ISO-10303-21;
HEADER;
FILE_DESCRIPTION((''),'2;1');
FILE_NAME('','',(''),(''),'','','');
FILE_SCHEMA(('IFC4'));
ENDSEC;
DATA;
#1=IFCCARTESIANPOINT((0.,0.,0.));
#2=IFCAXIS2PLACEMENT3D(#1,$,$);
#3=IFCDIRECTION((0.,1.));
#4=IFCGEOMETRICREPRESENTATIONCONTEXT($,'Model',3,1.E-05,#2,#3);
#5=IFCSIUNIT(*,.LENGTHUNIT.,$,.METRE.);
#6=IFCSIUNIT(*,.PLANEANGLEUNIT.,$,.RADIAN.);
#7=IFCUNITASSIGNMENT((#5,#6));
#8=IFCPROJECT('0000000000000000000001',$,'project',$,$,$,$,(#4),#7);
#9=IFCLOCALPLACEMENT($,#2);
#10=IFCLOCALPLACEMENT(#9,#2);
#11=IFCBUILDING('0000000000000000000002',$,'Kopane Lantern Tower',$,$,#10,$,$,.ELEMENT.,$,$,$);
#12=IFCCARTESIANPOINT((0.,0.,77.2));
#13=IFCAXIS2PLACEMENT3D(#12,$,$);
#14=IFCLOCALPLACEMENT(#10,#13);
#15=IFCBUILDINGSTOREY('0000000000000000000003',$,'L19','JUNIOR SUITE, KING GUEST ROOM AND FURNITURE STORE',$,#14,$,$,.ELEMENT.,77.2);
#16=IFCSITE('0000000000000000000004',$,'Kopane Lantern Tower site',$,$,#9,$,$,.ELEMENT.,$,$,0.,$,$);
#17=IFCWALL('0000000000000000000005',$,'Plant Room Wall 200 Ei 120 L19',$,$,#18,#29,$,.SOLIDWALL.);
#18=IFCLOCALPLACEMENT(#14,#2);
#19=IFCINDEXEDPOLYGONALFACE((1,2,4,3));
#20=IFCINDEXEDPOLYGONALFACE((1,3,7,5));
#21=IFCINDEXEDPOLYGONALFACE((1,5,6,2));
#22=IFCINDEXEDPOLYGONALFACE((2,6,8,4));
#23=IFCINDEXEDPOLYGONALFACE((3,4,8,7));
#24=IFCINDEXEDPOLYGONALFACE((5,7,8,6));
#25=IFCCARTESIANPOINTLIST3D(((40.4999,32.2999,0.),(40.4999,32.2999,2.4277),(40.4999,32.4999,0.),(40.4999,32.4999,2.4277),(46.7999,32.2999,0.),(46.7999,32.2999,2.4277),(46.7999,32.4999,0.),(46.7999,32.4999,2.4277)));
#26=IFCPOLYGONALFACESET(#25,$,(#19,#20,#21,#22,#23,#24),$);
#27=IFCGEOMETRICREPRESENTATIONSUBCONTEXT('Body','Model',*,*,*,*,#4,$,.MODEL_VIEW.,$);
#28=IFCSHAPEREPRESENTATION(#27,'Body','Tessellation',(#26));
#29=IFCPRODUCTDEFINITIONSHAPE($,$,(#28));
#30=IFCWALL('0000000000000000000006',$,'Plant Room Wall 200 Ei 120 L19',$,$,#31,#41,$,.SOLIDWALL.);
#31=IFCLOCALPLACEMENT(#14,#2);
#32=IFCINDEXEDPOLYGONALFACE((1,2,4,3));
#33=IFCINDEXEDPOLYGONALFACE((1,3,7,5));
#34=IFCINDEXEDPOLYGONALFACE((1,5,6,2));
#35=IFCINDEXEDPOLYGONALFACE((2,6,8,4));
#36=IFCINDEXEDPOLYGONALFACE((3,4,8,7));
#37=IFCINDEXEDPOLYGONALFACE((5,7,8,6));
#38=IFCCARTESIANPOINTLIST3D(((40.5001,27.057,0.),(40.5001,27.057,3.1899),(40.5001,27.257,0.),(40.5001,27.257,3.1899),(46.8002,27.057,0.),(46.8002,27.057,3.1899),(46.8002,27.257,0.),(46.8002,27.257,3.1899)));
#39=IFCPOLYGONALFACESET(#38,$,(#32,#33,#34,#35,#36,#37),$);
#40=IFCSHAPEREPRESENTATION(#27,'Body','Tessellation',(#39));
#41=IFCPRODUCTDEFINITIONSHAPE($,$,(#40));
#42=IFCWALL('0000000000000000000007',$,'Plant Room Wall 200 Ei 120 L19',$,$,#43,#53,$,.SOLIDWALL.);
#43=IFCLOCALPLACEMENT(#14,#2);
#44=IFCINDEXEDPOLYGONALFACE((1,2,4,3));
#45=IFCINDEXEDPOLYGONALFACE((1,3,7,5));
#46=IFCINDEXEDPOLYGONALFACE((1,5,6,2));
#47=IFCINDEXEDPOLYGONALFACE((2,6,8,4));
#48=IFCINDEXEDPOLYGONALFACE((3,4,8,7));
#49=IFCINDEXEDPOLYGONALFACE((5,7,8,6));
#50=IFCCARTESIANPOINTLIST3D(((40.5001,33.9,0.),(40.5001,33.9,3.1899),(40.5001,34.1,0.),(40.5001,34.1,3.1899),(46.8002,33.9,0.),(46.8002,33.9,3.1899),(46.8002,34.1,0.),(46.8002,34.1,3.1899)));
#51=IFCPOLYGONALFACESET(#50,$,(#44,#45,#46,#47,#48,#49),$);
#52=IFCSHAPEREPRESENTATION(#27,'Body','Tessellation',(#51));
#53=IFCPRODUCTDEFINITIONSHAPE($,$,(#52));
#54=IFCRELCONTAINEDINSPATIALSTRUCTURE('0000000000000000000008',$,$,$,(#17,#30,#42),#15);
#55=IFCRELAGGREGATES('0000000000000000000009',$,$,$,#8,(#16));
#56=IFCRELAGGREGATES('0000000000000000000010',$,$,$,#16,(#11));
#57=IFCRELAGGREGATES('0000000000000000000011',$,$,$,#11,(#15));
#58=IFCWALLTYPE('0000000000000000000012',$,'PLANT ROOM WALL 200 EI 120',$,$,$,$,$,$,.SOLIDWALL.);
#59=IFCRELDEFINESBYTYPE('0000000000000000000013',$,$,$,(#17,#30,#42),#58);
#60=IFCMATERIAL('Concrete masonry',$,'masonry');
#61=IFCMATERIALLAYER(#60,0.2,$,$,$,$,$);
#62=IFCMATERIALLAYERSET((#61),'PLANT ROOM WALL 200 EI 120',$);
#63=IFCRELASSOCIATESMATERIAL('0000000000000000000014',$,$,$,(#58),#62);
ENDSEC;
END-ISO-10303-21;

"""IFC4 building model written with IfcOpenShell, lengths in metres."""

from ifc_helpers import new_model, si_unit, direction, frame, frame_2d, origin, place, context, subcontext, project, spatial, rectangle, extrude, material, layer, layer_set, type_object, element, save


model = new_model("IFC4")

# Units and contexts
model_context = context("Model", 3, precision=1e-05, world=origin(), true_north=direction((0.0, 1.0)))
body_context = subcontext(model_context, "Body", "Model", "MODEL_VIEW")
ifc_project = project(units=[si_unit("LENGTHUNIT", "METRE"), si_unit("PLANEANGLEUNIT", "RADIAN")], contexts=[model_context])

# Site, building, storey
site_placement = place(None, origin())
site = spatial("IfcSite", under=ifc_project, at=site_placement, Name="Kopane Lantern Tower site", CompositionType="ELEMENT", RefElevation=0.0)
building_placement = place(site_placement, origin())
building = spatial("IfcBuilding", under=site, at=building_placement, Name="Kopane Lantern Tower", CompositionType="ELEMENT")
storey_placement = place(building_placement, frame((0.0, 0.0, 77.2)))
storey = spatial("IfcBuildingStorey", under=building, at=storey_placement, Name="L19", Description="JUNIOR SUITE, KING GUEST ROOM AND FURNITURE STORE", CompositionType="ELEMENT", Elevation=77.2)

# Walls
ifc_material_1 = material(Name="Concrete masonry", Category="masonry")
ifc_layer_1 = layer(ifc_material_1, 0.2)
ifc_layer_set_1 = layer_set([ifc_layer_1], Name="PLANT ROOM WALL 200 EI 120")
wall_type_1 = type_object("IfcWallType", Name="PLANT ROOM WALL 200 EI 120", PredefinedType="SOLIDWALL", material=ifc_layer_set_1)
wall_1_placement = place(storey_placement, frame((40.5, 32.3999, 0.0), z_axis=(0.0, 0.0, 1.0), x_axis=(1.0, 0.0, 0.0)))
element("IfcWall", 1, at=wall_1_placement, inside=storey, type_object=wall_type_1, Name="Plant Room Wall 200 Ei 120 L19", PredefinedType="SOLIDWALL", context=body_context, shape_type="SweptSolid", body=[
    extrude(rectangle(XDim=6.3, YDim=0.2, at=frame_2d((3.1499, 0.0))), origin(), (0.0, 0.0, 1.0), 2.4277),
])
for number, where, z_axis, x_axis, name in (
    (2, (46.8, 27.157, 0.0), (0.0, 0.0, 1.0), (-1.0, 0.0, 0.0), "Plant Room Wall 200 Ei 120 L19"),
    (3, (46.8, 34.0, 0.0), (0.0, 0.0, 1.0), (-1.0, 0.0, 0.0), "Plant Room Wall 200 Ei 120 L19"),
):
    element("IfcWall", number, at=place(storey_placement, frame(where, z_axis=z_axis, x_axis=x_axis)), inside=storey, type_object=wall_type_1, Name=name, PredefinedType="SOLIDWALL", context=body_context, shape_type="SweptSolid", body=[
        extrude(rectangle(XDim=6.3, YDim=0.2, at=frame_2d((3.1499, 0.0))), origin(), (0.0, 0.0, 1.0), 3.1899),
    ])

save(model, "model.ifc")
